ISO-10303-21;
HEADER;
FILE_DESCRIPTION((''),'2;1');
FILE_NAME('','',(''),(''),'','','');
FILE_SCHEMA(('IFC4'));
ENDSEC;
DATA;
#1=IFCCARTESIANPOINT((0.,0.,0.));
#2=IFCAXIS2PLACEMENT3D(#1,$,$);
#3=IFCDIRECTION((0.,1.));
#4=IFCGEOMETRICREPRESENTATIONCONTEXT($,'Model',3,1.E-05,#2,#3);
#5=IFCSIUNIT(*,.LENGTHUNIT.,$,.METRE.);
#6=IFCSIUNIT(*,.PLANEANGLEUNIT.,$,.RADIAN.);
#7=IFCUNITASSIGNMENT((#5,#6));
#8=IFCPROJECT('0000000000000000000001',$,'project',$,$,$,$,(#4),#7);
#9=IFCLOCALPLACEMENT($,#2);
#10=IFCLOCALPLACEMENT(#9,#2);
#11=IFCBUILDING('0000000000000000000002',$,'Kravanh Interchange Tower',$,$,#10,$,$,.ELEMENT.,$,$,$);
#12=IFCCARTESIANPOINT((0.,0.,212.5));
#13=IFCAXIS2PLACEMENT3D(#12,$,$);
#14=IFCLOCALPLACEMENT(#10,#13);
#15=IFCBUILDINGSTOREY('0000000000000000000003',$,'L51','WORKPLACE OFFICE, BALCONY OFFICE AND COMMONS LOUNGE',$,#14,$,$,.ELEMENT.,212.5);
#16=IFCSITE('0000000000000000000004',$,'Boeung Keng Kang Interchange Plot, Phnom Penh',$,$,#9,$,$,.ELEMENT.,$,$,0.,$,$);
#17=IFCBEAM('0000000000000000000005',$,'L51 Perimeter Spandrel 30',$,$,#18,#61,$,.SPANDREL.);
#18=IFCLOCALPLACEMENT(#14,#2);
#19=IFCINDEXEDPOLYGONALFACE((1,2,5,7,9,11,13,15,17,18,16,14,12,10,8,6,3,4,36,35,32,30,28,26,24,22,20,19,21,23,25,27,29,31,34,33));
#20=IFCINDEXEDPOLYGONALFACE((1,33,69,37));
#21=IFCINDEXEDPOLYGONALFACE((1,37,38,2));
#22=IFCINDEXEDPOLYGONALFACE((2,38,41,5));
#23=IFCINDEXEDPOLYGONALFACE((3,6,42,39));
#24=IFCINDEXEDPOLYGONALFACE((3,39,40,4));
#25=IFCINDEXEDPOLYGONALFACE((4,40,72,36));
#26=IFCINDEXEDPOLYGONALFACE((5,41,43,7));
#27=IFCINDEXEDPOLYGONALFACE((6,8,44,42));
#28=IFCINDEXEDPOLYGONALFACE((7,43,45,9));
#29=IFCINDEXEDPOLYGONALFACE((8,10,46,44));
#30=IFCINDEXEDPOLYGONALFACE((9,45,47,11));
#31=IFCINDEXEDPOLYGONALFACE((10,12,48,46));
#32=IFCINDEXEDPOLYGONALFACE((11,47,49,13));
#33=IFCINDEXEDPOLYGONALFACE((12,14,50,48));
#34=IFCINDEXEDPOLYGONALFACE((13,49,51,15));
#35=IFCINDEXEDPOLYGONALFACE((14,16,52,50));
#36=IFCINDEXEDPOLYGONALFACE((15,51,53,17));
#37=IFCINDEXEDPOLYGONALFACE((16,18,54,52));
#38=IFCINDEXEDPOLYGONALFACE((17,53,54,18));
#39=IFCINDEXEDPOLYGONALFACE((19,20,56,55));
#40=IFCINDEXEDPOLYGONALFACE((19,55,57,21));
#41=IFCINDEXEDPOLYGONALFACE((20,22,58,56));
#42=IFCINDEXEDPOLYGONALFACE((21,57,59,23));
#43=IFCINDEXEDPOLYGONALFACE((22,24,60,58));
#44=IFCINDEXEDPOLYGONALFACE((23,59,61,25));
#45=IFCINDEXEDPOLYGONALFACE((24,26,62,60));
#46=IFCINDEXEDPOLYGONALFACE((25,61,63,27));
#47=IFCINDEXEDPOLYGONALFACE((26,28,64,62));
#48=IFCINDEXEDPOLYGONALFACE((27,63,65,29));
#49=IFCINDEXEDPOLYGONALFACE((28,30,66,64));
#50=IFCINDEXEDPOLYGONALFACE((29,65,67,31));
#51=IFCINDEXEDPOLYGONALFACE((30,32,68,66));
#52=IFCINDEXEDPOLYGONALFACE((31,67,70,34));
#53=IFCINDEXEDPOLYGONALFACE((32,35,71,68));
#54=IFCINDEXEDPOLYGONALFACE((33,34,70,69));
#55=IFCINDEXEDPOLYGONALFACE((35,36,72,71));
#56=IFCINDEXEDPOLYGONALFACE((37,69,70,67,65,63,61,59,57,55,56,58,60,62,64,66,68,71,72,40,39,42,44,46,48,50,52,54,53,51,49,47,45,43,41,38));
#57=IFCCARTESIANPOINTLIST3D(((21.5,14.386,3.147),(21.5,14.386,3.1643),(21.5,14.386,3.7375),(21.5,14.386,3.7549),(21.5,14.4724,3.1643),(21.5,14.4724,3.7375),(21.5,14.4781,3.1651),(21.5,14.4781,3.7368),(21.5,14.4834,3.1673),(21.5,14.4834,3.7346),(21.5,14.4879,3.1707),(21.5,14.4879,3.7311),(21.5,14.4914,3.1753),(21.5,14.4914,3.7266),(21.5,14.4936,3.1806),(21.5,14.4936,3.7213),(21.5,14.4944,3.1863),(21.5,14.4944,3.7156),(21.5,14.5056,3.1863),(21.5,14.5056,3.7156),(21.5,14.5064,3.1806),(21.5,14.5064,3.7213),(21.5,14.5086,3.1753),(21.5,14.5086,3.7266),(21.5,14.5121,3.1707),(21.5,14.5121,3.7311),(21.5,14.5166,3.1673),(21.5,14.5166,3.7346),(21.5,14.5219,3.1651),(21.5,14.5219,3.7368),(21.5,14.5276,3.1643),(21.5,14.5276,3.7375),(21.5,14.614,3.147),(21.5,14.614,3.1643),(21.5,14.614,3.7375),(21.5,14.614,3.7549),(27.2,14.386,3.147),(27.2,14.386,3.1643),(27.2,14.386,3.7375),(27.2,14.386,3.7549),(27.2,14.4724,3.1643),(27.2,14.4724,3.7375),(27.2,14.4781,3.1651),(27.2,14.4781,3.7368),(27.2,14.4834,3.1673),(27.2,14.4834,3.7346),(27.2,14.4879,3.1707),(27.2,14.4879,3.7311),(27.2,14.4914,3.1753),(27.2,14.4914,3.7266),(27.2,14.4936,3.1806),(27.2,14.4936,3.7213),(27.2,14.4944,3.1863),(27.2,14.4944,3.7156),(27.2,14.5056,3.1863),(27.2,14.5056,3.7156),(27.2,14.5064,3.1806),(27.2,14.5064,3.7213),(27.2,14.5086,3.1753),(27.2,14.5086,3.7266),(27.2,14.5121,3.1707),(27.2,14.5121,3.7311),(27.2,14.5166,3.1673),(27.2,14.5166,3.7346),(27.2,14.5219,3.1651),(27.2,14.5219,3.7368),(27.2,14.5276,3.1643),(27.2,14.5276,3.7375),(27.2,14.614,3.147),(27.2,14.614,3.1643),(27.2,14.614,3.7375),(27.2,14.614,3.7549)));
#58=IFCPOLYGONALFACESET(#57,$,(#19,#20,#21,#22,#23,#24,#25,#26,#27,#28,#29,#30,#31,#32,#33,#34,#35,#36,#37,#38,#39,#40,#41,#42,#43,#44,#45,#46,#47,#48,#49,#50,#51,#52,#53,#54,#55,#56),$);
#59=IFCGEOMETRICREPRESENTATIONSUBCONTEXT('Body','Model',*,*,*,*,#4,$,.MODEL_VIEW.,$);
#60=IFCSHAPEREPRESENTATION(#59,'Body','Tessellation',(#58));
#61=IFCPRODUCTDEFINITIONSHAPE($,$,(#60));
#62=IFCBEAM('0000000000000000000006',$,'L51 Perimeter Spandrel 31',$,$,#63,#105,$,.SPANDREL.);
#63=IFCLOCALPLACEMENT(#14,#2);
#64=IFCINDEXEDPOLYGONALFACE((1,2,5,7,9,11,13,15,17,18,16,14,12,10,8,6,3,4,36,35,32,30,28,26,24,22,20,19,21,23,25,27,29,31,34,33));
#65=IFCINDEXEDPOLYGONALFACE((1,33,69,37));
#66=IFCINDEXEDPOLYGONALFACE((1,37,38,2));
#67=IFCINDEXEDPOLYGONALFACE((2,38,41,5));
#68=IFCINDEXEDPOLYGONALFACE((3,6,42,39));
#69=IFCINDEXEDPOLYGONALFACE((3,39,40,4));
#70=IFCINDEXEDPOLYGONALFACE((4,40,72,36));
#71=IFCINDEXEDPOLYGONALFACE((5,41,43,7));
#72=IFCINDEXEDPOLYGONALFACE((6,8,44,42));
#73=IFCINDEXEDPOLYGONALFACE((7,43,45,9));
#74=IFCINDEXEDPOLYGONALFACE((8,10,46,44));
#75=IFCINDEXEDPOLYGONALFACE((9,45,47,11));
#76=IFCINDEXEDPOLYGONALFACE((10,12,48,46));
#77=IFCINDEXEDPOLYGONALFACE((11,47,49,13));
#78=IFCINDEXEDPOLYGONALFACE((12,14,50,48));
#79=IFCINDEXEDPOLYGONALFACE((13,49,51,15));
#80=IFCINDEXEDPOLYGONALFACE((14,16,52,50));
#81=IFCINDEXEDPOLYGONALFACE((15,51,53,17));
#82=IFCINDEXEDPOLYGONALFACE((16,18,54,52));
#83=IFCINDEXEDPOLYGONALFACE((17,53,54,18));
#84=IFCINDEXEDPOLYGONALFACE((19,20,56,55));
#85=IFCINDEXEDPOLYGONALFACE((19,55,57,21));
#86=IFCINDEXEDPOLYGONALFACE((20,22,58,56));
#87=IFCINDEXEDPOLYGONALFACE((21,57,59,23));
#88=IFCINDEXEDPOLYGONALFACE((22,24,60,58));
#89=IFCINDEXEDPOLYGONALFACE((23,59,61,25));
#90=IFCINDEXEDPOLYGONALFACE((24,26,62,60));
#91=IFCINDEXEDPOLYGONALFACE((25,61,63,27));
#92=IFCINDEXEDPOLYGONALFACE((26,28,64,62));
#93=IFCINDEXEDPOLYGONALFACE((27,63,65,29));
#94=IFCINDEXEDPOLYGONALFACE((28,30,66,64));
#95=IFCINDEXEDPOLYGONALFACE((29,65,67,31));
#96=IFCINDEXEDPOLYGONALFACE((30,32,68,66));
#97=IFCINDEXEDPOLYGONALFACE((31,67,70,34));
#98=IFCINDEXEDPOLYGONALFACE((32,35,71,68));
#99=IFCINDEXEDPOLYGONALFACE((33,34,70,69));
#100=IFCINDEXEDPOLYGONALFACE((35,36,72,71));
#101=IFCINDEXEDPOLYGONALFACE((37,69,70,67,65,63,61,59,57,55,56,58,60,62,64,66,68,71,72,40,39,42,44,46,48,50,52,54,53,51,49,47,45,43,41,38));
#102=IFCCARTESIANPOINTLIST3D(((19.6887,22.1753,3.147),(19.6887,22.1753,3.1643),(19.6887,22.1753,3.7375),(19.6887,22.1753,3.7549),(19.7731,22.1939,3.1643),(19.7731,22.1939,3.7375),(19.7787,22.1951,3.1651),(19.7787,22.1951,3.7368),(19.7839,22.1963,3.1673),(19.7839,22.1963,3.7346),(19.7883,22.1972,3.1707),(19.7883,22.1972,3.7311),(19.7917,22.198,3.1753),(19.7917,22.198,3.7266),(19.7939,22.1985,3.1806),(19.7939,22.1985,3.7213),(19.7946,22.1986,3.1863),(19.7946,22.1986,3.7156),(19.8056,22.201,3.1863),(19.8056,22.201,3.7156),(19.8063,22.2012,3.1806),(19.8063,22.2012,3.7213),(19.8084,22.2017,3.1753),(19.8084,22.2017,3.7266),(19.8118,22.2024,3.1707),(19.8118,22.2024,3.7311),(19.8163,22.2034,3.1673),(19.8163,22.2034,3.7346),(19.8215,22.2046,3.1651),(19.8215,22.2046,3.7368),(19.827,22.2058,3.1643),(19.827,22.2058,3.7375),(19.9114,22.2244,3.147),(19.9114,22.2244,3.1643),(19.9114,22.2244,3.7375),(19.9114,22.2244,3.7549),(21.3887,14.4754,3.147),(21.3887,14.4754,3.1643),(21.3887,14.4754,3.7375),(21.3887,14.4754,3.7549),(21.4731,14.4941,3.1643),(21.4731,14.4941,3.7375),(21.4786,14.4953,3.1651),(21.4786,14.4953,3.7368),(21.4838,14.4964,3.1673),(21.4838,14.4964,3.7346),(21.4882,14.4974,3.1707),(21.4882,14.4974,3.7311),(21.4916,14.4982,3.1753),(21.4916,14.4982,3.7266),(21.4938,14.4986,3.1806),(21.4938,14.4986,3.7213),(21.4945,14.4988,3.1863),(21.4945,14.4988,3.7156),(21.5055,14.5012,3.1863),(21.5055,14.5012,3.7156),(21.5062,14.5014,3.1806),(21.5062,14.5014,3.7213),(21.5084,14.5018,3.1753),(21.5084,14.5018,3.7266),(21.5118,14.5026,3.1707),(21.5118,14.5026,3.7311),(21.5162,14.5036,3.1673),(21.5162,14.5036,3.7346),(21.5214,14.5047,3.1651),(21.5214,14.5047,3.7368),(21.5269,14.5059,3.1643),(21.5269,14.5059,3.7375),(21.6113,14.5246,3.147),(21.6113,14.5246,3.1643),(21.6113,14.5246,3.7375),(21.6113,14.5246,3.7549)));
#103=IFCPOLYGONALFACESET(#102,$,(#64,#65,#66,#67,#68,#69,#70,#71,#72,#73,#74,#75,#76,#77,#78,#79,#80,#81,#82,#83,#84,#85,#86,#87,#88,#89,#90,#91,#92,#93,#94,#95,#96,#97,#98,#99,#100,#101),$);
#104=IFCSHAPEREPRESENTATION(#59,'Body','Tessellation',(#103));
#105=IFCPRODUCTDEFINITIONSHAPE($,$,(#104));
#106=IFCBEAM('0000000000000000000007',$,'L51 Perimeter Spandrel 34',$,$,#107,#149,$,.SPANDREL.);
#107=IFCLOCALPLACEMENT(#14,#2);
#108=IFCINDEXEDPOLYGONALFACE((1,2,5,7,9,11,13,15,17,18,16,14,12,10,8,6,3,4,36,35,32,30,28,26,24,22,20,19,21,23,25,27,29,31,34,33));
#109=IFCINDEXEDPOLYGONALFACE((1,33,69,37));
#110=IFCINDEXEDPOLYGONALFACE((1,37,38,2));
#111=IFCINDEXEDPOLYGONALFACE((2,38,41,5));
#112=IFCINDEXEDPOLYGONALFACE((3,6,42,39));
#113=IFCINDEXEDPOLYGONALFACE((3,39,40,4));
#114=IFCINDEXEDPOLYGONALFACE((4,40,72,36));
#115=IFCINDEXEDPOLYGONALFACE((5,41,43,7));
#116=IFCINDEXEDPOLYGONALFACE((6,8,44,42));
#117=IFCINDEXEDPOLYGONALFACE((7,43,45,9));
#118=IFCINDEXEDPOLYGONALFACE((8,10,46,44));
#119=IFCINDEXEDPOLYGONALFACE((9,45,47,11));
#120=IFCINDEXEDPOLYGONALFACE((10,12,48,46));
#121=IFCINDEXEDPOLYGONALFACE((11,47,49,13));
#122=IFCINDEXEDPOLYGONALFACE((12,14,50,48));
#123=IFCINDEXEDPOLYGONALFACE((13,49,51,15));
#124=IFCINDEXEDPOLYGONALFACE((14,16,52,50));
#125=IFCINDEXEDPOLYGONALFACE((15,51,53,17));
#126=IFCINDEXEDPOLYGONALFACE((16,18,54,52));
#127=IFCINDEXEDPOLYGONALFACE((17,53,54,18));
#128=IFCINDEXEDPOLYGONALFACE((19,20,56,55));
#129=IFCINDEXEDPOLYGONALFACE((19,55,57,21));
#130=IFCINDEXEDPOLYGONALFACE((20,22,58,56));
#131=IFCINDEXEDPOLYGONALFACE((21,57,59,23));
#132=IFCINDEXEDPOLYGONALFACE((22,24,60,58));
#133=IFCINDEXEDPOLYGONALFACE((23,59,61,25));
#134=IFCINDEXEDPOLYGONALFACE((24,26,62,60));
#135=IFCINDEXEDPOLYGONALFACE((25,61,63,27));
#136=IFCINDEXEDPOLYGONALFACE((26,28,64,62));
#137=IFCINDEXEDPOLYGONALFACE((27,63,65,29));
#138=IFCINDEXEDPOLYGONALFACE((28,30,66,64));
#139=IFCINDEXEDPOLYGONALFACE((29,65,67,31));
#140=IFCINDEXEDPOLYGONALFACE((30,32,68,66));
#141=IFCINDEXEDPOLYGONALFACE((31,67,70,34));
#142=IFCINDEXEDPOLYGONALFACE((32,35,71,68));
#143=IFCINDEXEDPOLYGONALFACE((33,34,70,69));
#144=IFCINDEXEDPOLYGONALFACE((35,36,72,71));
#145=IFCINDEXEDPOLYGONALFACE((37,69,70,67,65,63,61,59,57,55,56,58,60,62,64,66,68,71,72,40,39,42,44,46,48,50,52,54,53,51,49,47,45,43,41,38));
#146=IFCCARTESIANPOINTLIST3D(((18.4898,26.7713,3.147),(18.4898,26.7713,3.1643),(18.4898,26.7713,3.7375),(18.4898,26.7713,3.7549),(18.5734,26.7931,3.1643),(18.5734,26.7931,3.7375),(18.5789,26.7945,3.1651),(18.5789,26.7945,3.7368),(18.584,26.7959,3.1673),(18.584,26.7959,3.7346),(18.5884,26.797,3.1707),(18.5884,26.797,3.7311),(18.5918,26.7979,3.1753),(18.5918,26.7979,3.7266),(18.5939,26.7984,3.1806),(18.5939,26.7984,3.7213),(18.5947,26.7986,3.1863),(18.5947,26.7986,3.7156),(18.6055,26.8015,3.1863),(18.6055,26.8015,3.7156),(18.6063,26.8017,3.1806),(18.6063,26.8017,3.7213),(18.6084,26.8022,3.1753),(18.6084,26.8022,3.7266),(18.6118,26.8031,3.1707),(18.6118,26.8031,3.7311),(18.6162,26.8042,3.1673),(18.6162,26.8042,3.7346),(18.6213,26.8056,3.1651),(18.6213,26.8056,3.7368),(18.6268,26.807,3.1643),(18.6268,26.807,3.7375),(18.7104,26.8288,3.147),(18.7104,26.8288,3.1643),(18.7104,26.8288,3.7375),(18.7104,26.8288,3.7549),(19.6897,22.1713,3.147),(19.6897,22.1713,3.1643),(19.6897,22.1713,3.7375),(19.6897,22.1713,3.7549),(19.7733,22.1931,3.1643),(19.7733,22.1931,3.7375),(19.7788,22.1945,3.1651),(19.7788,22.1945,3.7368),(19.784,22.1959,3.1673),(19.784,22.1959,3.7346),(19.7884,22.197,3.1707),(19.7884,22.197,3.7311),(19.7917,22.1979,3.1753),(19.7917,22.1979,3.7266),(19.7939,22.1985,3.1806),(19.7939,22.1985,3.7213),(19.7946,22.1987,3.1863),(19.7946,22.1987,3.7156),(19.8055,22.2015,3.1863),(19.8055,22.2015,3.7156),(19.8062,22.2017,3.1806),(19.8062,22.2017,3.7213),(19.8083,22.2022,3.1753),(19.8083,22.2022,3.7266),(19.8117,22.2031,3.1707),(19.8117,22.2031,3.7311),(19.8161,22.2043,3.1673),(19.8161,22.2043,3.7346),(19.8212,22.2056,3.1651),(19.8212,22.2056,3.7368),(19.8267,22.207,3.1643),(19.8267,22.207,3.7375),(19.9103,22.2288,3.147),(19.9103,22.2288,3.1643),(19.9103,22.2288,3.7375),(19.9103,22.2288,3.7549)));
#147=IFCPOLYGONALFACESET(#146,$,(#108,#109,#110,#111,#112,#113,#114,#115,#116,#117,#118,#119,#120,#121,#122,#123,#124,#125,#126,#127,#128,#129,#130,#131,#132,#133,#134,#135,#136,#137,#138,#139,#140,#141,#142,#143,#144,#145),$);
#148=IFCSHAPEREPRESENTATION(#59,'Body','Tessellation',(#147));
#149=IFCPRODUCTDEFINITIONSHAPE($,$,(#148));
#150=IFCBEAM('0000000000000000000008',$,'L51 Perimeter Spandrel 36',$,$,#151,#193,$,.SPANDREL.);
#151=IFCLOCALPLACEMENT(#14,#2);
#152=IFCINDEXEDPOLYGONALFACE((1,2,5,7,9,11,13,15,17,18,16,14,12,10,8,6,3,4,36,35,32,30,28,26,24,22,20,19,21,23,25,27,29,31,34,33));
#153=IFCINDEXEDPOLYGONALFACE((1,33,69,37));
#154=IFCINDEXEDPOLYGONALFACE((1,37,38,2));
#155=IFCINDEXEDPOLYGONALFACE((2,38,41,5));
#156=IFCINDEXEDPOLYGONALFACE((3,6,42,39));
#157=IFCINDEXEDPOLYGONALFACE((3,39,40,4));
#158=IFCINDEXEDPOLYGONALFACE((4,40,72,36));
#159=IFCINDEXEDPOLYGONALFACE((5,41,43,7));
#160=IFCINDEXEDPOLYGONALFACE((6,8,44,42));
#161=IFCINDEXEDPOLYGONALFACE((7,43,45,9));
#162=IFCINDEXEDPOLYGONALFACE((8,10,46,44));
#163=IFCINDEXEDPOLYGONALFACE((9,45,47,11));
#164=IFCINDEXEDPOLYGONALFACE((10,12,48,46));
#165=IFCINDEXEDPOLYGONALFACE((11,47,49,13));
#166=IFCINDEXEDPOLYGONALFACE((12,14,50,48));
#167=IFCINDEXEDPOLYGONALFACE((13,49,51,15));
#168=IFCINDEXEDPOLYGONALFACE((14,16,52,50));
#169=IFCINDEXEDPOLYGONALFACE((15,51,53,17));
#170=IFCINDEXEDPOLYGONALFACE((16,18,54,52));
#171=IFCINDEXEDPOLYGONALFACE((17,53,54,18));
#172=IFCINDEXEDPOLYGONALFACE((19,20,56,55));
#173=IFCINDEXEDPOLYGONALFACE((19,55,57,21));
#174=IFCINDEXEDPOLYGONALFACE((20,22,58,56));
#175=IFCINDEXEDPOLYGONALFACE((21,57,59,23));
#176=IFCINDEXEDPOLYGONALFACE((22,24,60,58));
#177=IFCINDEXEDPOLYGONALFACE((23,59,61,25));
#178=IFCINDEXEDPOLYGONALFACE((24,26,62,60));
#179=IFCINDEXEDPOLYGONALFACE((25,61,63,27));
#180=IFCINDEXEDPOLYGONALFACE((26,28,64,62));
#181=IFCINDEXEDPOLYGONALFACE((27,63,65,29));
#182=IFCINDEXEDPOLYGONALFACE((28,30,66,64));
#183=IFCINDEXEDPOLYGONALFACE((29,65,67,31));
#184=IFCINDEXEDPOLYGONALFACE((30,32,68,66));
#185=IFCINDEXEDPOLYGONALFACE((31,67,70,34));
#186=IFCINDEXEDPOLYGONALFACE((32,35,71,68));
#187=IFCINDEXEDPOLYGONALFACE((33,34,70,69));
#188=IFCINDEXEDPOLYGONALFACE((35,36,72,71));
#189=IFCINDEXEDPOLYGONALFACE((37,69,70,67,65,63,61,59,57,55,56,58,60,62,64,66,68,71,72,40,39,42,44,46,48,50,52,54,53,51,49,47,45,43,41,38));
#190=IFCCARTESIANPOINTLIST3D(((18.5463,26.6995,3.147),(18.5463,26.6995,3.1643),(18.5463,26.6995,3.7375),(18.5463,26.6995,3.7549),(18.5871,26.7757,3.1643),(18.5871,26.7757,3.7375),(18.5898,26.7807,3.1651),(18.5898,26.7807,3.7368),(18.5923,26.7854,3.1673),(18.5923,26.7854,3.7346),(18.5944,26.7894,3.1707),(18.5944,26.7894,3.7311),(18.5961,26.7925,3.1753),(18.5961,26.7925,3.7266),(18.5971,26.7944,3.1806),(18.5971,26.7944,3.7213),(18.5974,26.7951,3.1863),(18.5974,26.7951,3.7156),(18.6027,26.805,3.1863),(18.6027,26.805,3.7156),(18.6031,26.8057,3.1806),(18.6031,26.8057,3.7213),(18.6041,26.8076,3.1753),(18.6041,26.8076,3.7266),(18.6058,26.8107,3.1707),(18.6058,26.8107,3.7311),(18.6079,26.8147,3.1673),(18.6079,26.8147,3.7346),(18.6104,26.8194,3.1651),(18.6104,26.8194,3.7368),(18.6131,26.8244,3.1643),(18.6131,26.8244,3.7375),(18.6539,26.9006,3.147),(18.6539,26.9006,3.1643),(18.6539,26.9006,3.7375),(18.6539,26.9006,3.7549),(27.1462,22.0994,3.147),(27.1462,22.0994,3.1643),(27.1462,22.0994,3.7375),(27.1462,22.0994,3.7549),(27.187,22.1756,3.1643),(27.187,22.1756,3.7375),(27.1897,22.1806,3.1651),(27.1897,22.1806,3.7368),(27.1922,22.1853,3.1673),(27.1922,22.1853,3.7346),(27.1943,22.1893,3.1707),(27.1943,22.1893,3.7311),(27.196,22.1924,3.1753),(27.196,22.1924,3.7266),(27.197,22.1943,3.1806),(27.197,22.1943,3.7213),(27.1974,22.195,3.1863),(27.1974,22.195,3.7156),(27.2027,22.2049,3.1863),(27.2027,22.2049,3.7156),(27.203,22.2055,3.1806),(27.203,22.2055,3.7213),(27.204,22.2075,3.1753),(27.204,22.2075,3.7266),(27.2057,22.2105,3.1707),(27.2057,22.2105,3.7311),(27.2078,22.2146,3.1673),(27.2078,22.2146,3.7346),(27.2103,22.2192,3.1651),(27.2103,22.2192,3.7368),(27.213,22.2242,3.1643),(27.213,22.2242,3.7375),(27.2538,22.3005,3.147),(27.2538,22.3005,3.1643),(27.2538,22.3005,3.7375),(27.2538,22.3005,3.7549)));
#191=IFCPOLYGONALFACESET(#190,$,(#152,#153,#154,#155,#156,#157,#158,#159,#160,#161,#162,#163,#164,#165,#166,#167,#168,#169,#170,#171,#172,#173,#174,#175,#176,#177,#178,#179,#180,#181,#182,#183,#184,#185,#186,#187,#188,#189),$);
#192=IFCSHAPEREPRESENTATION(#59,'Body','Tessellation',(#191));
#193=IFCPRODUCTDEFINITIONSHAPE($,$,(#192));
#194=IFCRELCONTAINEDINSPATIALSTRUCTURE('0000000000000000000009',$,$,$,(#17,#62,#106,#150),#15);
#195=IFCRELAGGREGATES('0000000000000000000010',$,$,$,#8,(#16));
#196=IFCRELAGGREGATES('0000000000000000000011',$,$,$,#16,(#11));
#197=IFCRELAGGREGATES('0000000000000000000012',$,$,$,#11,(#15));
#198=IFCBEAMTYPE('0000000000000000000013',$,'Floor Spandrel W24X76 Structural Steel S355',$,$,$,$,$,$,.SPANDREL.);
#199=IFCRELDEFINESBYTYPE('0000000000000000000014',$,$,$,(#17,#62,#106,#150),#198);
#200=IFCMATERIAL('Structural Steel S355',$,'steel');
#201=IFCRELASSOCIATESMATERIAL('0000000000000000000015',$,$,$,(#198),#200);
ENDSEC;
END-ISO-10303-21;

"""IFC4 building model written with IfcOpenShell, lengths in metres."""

from ifc_helpers import new_model, si_unit, direction, frame, origin, origin_2d, place, context, subcontext, project, spatial, i_section, extrude, material, material_profile, profile_set, type_object, element, save


model = new_model("IFC4")

# Units and contexts
model_context = context("Model", 3, precision=1e-05, world=origin(), true_north=direction((0.0, 1.0)))
body_context = subcontext(model_context, "Body", "Model", "MODEL_VIEW")
ifc_project = project(units=[si_unit("LENGTHUNIT", "METRE"), si_unit("PLANEANGLEUNIT", "RADIAN")], contexts=[model_context])

# Site, building, storey
site_placement = place(None, origin())
site = spatial("IfcSite", under=ifc_project, at=site_placement, Name="Boeung Keng Kang Interchange Plot, Phnom Penh", CompositionType="ELEMENT", RefElevation=0.0)
building_placement = place(site_placement, origin())
building = spatial("IfcBuilding", under=site, at=building_placement, Name="Kravanh Interchange Tower", CompositionType="ELEMENT")
storey_placement = place(building_placement, frame((0.0, 0.0, 212.5)))
storey = spatial("IfcBuildingStorey", under=building, at=storey_placement, Name="L51", Description="WORKPLACE OFFICE, BALCONY OFFICE AND COMMONS LOUNGE", CompositionType="ELEMENT", Elevation=212.5)

# Beams
ifc_material_1 = material(Name="Structural Steel S355", Category="steel")
ifc_material_profile_1 = material_profile(ifc_material_1, i_section(OverallWidth=0.228, OverallDepth=0.6079, WebThickness=0.0112, FlangeThickness=0.0173, FilletRadius=0.022, at=origin_2d()), Name="W24X76")
ifc_profile_set_1 = profile_set([ifc_material_profile_1], Name="Structural Steel S355")
beam_type_1 = type_object("IfcBeamType", Name="Floor Spandrel W24X76 Structural Steel S355", PredefinedType="SPANDREL", material=ifc_profile_set_1)
beam_1_placement = place(storey_placement, frame((21.5, 14.5, 3.4509), z_axis=(1.0, 0.0, 0.0), x_axis=(0.0, 1.0, 0.0)))
element("IfcBeam", 1, at=beam_1_placement, inside=storey, type_object=beam_type_1, Name="L51 Perimeter Spandrel 30", PredefinedType="SPANDREL", context=body_context, shape_type="SweptSolid", body=[
    extrude(i_section(OverallWidth=0.228, OverallDepth=0.6079, WebThickness=0.0112, FlangeThickness=0.0173, FilletRadius=0.022, at=origin_2d()), origin(), (0.0, 0.0, 1.0), 5.7),
])
beam_2_placement = place(storey_placement, frame((21.5, 14.5, 3.4509), z_axis=(-0.215583, 0.976486, 0.0), x_axis=(-0.976486, -0.215583, 0.0)))
element("IfcBeam", 2, at=beam_2_placement, inside=storey, type_object=beam_type_1, Name="L51 Perimeter Spandrel 31", PredefinedType="SPANDREL", context=body_context, shape_type="SweptSolid", body=[
    extrude(i_section(OverallWidth=0.228, OverallDepth=0.6079, WebThickness=0.0112, FlangeThickness=0.0173, FilletRadius=0.022, at=origin_2d()), origin(), (0.0, 0.0, 1.0), 7.8853),
])
beam_3_placement = place(storey_placement, frame((18.6001, 26.8, 3.4509), z_axis=(0.252407, -0.967621, 0.0), x_axis=(0.967621, 0.252407, 0.0)))
element("IfcBeam", 3, at=beam_3_placement, inside=storey, type_object=beam_type_1, Name="L51 Perimeter Spandrel 34", PredefinedType="SPANDREL", context=body_context, shape_type="SweptSolid", body=[
    extrude(i_section(OverallWidth=0.228, OverallDepth=0.6079, WebThickness=0.0112, FlangeThickness=0.0173, FilletRadius=0.022, at=origin_2d()), origin(), (0.0, 0.0, 1.0), 4.7539),
])
beam_4_placement = place(storey_placement, frame((18.6001, 26.8, 3.4509), z_axis=(0.881777, -0.471666, 0.0), x_axis=(0.471666, 0.881777, 0.0)))
element("IfcBeam", 4, at=beam_4_placement, inside=storey, type_object=beam_type_1, Name="L51 Perimeter Spandrel 36", PredefinedType="SPANDREL", context=body_context, shape_type="SweptSolid", body=[
    extrude(i_section(OverallWidth=0.228, OverallDepth=0.6079, WebThickness=0.0112, FlangeThickness=0.0173, FilletRadius=0.022, at=origin_2d()), origin(), (0.0, 0.0, 1.0), 9.7529),
])

save(model, "model.ifc")
